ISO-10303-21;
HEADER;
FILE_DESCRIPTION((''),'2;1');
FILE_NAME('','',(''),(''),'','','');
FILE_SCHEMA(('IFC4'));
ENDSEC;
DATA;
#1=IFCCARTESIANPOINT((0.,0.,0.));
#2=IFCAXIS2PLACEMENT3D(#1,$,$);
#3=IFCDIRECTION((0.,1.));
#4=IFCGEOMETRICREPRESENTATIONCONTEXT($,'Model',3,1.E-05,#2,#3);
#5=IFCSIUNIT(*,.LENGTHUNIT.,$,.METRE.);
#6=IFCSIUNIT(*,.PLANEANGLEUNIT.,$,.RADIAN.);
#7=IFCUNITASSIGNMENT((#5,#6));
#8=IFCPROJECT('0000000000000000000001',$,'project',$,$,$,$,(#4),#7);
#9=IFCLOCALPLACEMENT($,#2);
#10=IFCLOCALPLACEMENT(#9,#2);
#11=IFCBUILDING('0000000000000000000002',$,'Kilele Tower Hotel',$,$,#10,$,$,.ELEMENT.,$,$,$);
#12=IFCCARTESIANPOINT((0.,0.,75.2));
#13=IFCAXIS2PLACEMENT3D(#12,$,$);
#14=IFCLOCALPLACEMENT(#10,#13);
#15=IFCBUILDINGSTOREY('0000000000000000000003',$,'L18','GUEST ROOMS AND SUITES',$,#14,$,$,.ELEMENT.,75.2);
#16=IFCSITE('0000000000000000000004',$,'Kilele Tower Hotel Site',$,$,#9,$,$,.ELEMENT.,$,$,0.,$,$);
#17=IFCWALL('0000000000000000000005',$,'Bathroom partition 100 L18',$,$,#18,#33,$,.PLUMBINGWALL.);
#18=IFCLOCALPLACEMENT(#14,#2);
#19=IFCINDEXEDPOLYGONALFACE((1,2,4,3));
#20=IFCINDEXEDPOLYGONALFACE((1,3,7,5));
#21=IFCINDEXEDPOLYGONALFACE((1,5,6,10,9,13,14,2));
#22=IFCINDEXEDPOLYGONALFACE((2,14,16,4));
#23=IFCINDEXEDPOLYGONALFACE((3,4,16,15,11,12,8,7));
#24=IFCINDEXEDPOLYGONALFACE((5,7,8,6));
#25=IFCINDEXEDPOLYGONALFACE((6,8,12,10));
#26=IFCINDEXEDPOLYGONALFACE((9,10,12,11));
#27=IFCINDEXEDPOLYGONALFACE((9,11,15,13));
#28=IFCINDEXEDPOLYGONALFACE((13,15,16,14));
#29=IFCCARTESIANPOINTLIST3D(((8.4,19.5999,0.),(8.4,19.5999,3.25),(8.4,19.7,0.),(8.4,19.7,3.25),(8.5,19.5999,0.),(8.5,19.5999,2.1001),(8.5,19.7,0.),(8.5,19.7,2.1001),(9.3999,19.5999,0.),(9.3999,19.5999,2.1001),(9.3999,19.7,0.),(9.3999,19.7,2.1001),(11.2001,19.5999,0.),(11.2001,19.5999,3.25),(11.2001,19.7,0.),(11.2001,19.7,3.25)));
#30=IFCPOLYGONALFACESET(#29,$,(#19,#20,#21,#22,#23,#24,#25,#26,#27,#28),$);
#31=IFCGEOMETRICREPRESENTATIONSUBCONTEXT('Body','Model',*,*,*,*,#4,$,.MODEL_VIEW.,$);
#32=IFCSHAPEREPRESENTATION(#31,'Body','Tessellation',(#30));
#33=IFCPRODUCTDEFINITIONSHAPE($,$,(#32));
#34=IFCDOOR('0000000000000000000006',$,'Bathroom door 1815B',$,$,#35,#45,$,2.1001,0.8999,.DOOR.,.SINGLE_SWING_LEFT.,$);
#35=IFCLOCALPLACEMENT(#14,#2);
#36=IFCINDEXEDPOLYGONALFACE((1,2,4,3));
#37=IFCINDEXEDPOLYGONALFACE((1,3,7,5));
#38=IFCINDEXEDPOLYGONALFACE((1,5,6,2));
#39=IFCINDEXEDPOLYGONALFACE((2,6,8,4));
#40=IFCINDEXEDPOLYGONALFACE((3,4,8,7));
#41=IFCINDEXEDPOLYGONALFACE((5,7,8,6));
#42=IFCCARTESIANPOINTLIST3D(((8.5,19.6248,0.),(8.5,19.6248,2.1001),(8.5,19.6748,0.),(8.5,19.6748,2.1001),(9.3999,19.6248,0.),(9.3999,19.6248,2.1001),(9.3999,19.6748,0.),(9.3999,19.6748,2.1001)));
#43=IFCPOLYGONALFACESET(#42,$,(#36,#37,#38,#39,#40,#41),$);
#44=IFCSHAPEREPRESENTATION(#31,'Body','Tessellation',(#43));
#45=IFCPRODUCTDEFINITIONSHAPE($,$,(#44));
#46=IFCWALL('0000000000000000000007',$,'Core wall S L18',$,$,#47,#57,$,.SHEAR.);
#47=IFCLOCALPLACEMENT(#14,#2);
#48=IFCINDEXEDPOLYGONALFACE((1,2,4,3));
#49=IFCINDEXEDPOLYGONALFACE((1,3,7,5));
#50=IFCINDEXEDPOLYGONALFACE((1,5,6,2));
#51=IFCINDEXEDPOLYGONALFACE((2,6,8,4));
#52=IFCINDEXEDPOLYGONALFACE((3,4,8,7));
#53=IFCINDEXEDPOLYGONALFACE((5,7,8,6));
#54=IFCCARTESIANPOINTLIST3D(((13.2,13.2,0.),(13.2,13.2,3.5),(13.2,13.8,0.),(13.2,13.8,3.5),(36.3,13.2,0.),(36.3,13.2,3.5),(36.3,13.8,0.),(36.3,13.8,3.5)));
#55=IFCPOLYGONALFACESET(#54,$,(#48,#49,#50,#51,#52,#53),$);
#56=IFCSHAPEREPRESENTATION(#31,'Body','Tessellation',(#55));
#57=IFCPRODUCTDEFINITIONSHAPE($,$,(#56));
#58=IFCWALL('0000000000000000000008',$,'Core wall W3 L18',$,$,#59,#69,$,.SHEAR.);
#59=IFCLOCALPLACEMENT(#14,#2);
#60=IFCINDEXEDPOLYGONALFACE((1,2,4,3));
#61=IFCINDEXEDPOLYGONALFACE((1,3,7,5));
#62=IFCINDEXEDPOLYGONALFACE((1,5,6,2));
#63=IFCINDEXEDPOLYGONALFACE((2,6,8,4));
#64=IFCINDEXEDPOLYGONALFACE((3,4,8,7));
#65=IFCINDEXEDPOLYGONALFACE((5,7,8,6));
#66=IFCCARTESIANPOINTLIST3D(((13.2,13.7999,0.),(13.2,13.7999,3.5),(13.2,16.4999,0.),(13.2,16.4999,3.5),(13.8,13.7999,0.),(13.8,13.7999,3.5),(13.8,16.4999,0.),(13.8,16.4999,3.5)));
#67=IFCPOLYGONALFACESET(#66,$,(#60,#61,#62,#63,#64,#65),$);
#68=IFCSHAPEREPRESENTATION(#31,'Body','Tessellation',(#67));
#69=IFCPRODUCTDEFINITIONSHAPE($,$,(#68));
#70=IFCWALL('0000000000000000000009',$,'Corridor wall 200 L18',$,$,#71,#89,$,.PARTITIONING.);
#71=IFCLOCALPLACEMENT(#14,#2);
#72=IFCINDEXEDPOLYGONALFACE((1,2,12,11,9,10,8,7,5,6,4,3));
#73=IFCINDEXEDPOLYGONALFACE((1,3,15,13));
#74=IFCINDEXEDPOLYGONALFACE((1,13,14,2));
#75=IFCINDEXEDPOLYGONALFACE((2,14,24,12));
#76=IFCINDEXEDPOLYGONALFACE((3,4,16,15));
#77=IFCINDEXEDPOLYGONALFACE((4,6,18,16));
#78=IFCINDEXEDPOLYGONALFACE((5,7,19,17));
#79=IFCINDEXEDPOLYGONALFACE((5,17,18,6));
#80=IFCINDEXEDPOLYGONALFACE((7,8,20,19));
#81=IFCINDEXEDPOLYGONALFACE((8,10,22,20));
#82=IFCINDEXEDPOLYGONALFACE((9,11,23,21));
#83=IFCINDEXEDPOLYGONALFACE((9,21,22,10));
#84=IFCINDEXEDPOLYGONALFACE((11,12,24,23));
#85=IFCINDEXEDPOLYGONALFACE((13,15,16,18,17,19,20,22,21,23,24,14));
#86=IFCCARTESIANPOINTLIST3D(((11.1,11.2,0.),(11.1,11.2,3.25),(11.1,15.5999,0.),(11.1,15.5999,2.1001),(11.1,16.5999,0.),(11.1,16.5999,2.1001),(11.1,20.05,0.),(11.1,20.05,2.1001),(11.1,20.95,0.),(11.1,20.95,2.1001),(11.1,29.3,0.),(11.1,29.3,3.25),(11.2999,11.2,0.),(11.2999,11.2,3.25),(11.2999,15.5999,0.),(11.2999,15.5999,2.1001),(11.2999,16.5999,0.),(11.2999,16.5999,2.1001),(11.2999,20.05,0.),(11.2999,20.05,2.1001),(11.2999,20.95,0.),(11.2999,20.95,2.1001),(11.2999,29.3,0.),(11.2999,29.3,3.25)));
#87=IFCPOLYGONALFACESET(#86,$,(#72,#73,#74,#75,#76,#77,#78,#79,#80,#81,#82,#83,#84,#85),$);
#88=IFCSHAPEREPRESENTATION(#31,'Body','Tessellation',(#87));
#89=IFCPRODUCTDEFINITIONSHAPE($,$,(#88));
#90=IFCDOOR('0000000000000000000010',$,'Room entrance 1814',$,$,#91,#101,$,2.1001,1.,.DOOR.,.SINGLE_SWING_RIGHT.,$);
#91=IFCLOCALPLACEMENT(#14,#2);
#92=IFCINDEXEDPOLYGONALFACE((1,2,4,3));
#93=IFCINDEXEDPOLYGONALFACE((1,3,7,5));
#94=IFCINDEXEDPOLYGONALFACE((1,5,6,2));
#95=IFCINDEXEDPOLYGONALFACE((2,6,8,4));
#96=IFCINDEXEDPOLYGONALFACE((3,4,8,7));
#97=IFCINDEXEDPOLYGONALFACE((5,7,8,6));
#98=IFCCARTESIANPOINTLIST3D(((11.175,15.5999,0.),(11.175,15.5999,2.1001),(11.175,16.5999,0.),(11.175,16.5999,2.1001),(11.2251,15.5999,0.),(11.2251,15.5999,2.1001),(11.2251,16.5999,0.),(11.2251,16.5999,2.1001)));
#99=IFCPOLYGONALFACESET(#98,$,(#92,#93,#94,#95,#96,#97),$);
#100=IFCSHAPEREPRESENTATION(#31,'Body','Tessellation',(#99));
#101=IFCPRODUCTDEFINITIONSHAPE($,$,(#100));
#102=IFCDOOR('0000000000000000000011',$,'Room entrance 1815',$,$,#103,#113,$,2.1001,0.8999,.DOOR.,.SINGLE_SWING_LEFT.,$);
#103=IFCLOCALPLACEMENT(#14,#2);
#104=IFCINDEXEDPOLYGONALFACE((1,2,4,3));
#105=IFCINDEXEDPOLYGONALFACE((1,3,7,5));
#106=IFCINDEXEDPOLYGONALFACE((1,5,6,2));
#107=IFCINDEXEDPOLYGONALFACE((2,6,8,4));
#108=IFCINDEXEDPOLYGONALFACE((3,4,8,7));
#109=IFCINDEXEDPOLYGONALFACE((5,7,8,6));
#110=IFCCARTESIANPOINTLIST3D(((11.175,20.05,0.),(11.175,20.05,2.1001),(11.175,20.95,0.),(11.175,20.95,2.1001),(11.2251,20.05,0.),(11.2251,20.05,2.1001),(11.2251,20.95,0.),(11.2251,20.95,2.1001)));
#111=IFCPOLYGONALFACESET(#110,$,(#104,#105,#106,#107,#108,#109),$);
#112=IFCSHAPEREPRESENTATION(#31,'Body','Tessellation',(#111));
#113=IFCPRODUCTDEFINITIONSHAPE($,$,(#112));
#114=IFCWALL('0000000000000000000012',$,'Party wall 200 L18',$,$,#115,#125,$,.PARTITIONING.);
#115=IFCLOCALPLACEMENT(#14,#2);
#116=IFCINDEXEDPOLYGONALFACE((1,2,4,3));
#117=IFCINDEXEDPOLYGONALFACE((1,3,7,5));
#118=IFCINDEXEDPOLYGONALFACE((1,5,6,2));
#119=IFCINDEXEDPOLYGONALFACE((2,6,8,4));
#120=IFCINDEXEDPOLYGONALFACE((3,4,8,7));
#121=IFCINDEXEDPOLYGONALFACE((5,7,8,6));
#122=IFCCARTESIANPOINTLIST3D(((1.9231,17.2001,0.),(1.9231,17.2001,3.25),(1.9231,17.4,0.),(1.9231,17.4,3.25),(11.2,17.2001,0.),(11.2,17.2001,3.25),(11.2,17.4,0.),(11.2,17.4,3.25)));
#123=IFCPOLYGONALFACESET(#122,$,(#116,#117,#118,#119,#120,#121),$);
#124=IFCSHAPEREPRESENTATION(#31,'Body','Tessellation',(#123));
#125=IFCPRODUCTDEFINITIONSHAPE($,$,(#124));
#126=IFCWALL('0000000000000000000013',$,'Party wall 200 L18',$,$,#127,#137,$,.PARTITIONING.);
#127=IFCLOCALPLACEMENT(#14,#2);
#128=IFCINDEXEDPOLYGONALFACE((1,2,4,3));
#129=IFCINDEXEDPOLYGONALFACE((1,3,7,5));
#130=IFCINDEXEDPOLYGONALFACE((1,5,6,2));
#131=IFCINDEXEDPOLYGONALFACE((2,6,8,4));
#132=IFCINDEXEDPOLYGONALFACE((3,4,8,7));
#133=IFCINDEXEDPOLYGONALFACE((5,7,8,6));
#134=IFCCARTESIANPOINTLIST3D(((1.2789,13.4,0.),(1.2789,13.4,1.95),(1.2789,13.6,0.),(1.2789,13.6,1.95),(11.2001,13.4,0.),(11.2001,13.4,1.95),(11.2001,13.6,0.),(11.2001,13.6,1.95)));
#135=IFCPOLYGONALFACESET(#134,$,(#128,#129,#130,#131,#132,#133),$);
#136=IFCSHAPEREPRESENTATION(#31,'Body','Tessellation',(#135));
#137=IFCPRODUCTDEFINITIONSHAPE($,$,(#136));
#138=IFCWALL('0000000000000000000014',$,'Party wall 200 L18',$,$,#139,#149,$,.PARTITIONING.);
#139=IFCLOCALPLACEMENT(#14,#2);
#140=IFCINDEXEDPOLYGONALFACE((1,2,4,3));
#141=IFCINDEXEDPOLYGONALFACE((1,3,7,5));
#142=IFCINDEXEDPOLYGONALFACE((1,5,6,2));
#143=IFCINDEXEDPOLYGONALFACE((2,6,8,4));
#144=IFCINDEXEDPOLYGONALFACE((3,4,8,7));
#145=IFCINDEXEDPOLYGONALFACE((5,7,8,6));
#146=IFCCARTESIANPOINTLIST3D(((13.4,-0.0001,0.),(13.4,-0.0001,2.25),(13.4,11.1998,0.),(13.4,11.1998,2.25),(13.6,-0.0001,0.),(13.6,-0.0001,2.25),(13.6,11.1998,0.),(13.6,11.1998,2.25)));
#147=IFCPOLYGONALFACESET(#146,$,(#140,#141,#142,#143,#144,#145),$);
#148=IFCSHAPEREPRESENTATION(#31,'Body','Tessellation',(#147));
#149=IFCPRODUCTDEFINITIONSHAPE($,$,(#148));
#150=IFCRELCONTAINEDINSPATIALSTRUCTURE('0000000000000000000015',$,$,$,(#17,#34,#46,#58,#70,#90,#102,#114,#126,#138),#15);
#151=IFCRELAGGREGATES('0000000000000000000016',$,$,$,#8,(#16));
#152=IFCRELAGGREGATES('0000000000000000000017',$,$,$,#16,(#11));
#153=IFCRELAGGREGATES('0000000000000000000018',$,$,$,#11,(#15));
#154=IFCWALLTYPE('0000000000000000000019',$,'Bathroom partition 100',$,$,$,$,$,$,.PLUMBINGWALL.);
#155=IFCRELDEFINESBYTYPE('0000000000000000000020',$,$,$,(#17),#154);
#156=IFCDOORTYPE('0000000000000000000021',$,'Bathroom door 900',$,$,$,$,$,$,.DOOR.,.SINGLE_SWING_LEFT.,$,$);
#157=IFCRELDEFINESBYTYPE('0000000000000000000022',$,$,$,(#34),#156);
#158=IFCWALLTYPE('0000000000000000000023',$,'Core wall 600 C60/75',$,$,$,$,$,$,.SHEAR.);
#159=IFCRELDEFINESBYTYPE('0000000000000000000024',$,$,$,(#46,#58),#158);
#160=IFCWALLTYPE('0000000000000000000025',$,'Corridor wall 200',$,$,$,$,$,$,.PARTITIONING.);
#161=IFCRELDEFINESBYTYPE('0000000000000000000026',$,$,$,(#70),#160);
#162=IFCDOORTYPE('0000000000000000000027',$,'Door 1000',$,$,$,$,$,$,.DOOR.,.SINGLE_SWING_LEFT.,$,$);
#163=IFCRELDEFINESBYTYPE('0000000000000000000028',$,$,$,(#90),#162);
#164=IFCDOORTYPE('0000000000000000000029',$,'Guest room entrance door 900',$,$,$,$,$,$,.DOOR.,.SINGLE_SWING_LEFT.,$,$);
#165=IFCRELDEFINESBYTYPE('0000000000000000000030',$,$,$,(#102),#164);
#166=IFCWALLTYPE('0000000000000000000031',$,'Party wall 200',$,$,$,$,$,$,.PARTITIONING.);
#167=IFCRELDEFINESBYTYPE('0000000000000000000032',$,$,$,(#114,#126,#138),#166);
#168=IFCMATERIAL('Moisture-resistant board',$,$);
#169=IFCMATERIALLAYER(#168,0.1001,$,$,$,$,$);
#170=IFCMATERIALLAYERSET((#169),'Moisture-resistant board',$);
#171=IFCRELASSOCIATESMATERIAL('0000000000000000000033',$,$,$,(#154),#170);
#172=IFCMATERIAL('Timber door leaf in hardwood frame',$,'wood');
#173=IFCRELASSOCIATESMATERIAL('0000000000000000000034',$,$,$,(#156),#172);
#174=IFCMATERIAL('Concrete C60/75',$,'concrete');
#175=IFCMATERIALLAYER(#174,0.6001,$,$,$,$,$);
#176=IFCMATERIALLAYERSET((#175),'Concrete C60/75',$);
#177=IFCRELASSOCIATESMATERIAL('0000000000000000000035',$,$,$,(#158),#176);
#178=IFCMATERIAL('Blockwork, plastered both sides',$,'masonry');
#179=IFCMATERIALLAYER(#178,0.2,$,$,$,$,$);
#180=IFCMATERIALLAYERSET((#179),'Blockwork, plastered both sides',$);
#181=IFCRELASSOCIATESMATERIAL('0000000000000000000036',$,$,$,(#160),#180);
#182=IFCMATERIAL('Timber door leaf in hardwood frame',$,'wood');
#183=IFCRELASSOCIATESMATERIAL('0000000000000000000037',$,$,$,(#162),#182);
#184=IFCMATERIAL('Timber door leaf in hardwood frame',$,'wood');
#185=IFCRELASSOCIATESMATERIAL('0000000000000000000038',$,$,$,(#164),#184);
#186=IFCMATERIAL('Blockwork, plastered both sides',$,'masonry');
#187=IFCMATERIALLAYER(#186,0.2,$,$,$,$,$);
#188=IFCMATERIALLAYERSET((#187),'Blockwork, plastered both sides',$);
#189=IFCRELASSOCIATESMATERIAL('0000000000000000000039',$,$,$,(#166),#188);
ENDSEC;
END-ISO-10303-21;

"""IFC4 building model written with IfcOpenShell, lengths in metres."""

from ifc_helpers import new_model, si_unit, direction, frame, frame_2d, origin, place, context, subcontext, project, spatial, rectangle, extrude, material, layer, layer_set, type_object, element, fill, save


model = new_model("IFC4")

# Units and contexts
model_context = context("Model", 3, precision=1e-05, world=origin(), true_north=direction((0.0, 1.0)))
body_context = subcontext(model_context, "Body", "Model", "MODEL_VIEW")
ifc_project = project(units=[si_unit("LENGTHUNIT", "METRE"), si_unit("PLANEANGLEUNIT", "RADIAN")], contexts=[model_context])

# Site, building, storey
site_placement = place(None, origin())
site = spatial("IfcSite", under=ifc_project, at=site_placement, Name="Kilele Tower Hotel Site", CompositionType="ELEMENT", RefElevation=0.0)
building_placement = place(site_placement, origin())
building = spatial("IfcBuilding", under=site, at=building_placement, Name="Kilele Tower Hotel", CompositionType="ELEMENT")
storey_placement = place(building_placement, frame((0.0, 0.0, 75.2)))
storey = spatial("IfcBuildingStorey", under=building, at=storey_placement, Name="L18", Description="GUEST ROOMS AND SUITES", CompositionType="ELEMENT", Elevation=75.2)

# Wall, opening, door
ifc_material_1 = material(Name="Moisture-resistant board")
ifc_layer_1 = layer(ifc_material_1, 0.1001)
ifc_layer_set_1 = layer_set([ifc_layer_1], Name="Moisture-resistant board")
wall_type_1 = type_object("IfcWallType", Name="Bathroom partition 100", PredefinedType="PLUMBINGWALL", material=ifc_layer_set_1)
wall_1_placement = place(storey_placement, frame((11.2, 19.6499, 0.0), z_axis=(0.0, 0.0, 1.0), x_axis=(-1.0, 0.0, 0.0)))
wall_1 = element("IfcWall", 1, at=wall_1_placement, inside=storey, type_object=wall_type_1, Name="Bathroom partition 100 L18", PredefinedType="PLUMBINGWALL", context=body_context, shape_type="SweptSolid", body=[
    extrude(rectangle(XDim=2.8, YDim=0.1001, at=frame_2d((1.3999, 0.0))), origin(), (0.0, 0.0, 1.0), 3.25),
])
opening_1_placement = place(wall_1_placement, frame((2.7, 0.0, 0.0), z_axis=(0.0, 0.0, 1.0), x_axis=(-1.0, 0.0, 0.0)))
opening_1 = element("IfcOpeningElement", 2, at=opening_1_placement, cuts=wall_1, PredefinedType="OPENING", context=body_context, shape_type="SweptSolid", body=[
    extrude(rectangle(XDim=0.8999, YDim=2.1001, at=frame_2d((0.45, 1.05))), frame((0.0, 0.0601, 0.0), z_axis=(0.0, -1.0, 0.0), x_axis=(1.0, 0.0, 0.0)), (0.0, 0.0, 1.0), 0.1201),
])
ifc_material_2 = material(Name="Timber door leaf in hardwood frame", Category="wood")
door_type_1 = type_object("IfcDoorType", Name="Bathroom door 900", OperationType="SINGLE_SWING_LEFT", PredefinedType="DOOR", material=ifc_material_2)
door_1_placement = place(opening_1_placement, origin())
door_1 = element("IfcDoor", 3, at=door_1_placement, inside=storey, type_object=door_type_1, Name="Bathroom door 1815B", OperationType="SINGLE_SWING_LEFT", OverallHeight=2.1001, OverallWidth=0.8999, PredefinedType="DOOR", context=body_context, shape_type="SweptSolid", body=[
    extrude(rectangle(XDim=0.8999, YDim=2.1001, at=frame_2d((0.45, 1.05))), frame((0.0, 0.0249, 0.0), z_axis=(0.0, -1.0, 0.0), x_axis=(1.0, 0.0, 0.0)), (0.0, 0.0, 1.0), 0.05),
])
fill(opening_1, door_1)

# Walls
ifc_material_3 = material(Name="Concrete C60/75", Category="concrete")
ifc_layer_2 = layer(ifc_material_3, 0.6001)
ifc_layer_set_2 = layer_set([ifc_layer_2], Name="Concrete C60/75")
wall_type_2 = type_object("IfcWallType", Name="Core wall 600 C60/75", PredefinedType="SHEAR", material=ifc_layer_set_2)
wall_2_placement = place(storey_placement, frame((13.2, 13.5, 0.0), z_axis=(0.0, 0.0, 1.0), x_axis=(1.0, 0.0, 0.0)))
element("IfcWall", 4, at=wall_2_placement, inside=storey, type_object=wall_type_2, Name="Core wall S L18", PredefinedType="SHEAR", context=body_context, shape_type="SweptSolid", body=[
    extrude(rectangle(XDim=23.1001, YDim=0.6001, at=frame_2d((11.55, 0.0))), origin(), (0.0, 0.0, 1.0), 3.5),
])
wall_3_placement = place(storey_placement, frame((13.5, 16.5, 0.0), z_axis=(0.0, 0.0, 1.0), x_axis=(0.0, -1.0, 0.0)))
element("IfcWall", 5, at=wall_3_placement, inside=storey, type_object=wall_type_2, Name="Core wall W3 L18", PredefinedType="SHEAR", context=body_context, shape_type="SweptSolid", body=[
    extrude(rectangle(XDim=2.7, YDim=0.6001, at=frame_2d((1.3501, 0.0))), origin(), (0.0, 0.0, 1.0), 3.5),
])

# Wall, openings, doors
ifc_material_4 = material(Name="Blockwork, plastered both sides", Category="masonry")
ifc_layer_3 = layer(ifc_material_4, 0.2)
ifc_layer_set_3 = layer_set([ifc_layer_3], Name="Blockwork, plastered both sides")
wall_type_3 = type_object("IfcWallType", Name="Corridor wall 200", PredefinedType="PARTITIONING", material=ifc_layer_set_3)
wall_4_placement = place(storey_placement, frame((11.2, 11.2, 0.0), z_axis=(0.0, 0.0, 1.0), x_axis=(0.0, 1.0, 0.0)))
wall_4 = element("IfcWall", 6, at=wall_4_placement, inside=storey, type_object=wall_type_3, Name="Corridor wall 200 L18", PredefinedType="PARTITIONING", context=body_context, shape_type="SweptSolid", body=[
    extrude(rectangle(XDim=18.1001, YDim=0.2, at=frame_2d((9.05, 0.0))), origin(), (0.0, 0.0, 1.0), 3.25),
])
opening_2_placement = place(wall_4_placement, frame((4.3999, 0.0, 0.0)))
opening_2 = element("IfcOpeningElement", 7, at=opening_2_placement, cuts=wall_4, PredefinedType="OPENING", context=body_context, shape_type="SweptSolid", body=[
    extrude(rectangle(XDim=1.0, YDim=2.1001, at=frame_2d((0.5, 1.05))), frame((0.0, 0.1099, 0.0), z_axis=(0.0, -1.0, 0.0), x_axis=(1.0, 0.0, 0.0)), (0.0, 0.0, 1.0), 0.22),
])
opening_3_placement = place(wall_4_placement, frame((8.8501, 0.0, 0.0)))
opening_3 = element("IfcOpeningElement", 8, at=opening_3_placement, cuts=wall_4, PredefinedType="OPENING", context=body_context, shape_type="SweptSolid", body=[
    extrude(rectangle(XDim=0.8999, YDim=2.1001, at=frame_2d((0.45, 1.05))), frame((0.0, 0.1099, 0.0), z_axis=(0.0, -1.0, 0.0), x_axis=(1.0, 0.0, 0.0)), (0.0, 0.0, 1.0), 0.22),
])
ifc_material_5 = material(Name="Timber door leaf in hardwood frame", Category="wood")
door_type_2 = type_object("IfcDoorType", Name="Door 1000", OperationType="SINGLE_SWING_LEFT", PredefinedType="DOOR", material=ifc_material_5)
door_2_placement = place(opening_2_placement, origin())
door_2 = element("IfcDoor", 9, at=door_2_placement, inside=storey, type_object=door_type_2, Name="Room entrance 1814", OperationType="SINGLE_SWING_RIGHT", OverallHeight=2.1001, OverallWidth=1.0, PredefinedType="DOOR", context=body_context, shape_type="SweptSolid", body=[
    extrude(rectangle(XDim=1.0, YDim=2.1001, at=frame_2d((0.5, 1.05))), frame((0.0, 0.0249, 0.0), z_axis=(0.0, -1.0, 0.0), x_axis=(1.0, 0.0, 0.0)), (0.0, 0.0, 1.0), 0.05),
])
fill(opening_2, door_2)
ifc_material_6 = material(Name="Timber door leaf in hardwood frame", Category="wood")
door_type_3 = type_object("IfcDoorType", Name="Guest room entrance door 900", OperationType="SINGLE_SWING_LEFT", PredefinedType="DOOR", material=ifc_material_6)
door_3_placement = place(opening_3_placement, origin())
door_3 = element("IfcDoor", 10, at=door_3_placement, inside=storey, type_object=door_type_3, Name="Room entrance 1815", OperationType="SINGLE_SWING_LEFT", OverallHeight=2.1001, OverallWidth=0.8999, PredefinedType="DOOR", context=body_context, shape_type="SweptSolid", body=[
    extrude(rectangle(XDim=0.8999, YDim=2.1001, at=frame_2d((0.45, 1.05))), frame((0.0, 0.0249, 0.0), z_axis=(0.0, -1.0, 0.0), x_axis=(1.0, 0.0, 0.0)), (0.0, 0.0, 1.0), 0.05),
])
fill(opening_3, door_3)

# Walls
ifc_material_7 = material(Name="Blockwork, plastered both sides", Category="masonry")
ifc_layer_4 = layer(ifc_material_7, 0.2)
ifc_layer_set_4 = layer_set([ifc_layer_4], Name="Blockwork, plastered both sides")
wall_type_4 = type_object("IfcWallType", Name="Party wall 200", PredefinedType="PARTITIONING", material=ifc_layer_set_4)
wall_5_placement = place(storey_placement, frame((11.2, 17.3, 0.0), z_axis=(0.0, 0.0, 1.0), x_axis=(-1.0, 0.0, 0.0)))
element("IfcWall", 11, at=wall_5_placement, inside=storey, type_object=wall_type_4, Name="Party wall 200 L18", PredefinedType="PARTITIONING", context=body_context, shape_type="SweptSolid", body=[
    extrude(rectangle(XDim=9.2769, YDim=0.2, at=frame_2d((4.6384, 0.0))), origin(), (0.0, 0.0, 1.0), 3.25),
])
wall_6_placement = place(storey_placement, frame((11.2, 13.5, 0.0), z_axis=(0.0, 0.0, 1.0), x_axis=(-1.0, 0.0, 0.0)))
element("IfcWall", 12, at=wall_6_placement, inside=storey, type_object=wall_type_4, Name="Party wall 200 L18", PredefinedType="PARTITIONING", context=body_context, shape_type="SweptSolid", body=[
    extrude(rectangle(XDim=9.9211, YDim=0.2, at=frame_2d((4.9604, 0.0))), origin(), (0.0, 0.0, 1.0), 1.95),
])
wall_7_placement = place(storey_placement, frame((13.5, 11.2, 0.0), z_axis=(0.0, 0.0, 1.0), x_axis=(0.0, -1.0, 0.0)))
element("IfcWall", 13, at=wall_7_placement, inside=storey, type_object=wall_type_4, Name="Party wall 200 L18", PredefinedType="PARTITIONING", context=body_context, shape_type="SweptSolid", body=[
    extrude(rectangle(XDim=11.2, YDim=0.2, at=frame_2d((5.6001, 0.0))), origin(), (0.0, 0.0, 1.0), 2.25),
])

save(model, "model.ifc")
